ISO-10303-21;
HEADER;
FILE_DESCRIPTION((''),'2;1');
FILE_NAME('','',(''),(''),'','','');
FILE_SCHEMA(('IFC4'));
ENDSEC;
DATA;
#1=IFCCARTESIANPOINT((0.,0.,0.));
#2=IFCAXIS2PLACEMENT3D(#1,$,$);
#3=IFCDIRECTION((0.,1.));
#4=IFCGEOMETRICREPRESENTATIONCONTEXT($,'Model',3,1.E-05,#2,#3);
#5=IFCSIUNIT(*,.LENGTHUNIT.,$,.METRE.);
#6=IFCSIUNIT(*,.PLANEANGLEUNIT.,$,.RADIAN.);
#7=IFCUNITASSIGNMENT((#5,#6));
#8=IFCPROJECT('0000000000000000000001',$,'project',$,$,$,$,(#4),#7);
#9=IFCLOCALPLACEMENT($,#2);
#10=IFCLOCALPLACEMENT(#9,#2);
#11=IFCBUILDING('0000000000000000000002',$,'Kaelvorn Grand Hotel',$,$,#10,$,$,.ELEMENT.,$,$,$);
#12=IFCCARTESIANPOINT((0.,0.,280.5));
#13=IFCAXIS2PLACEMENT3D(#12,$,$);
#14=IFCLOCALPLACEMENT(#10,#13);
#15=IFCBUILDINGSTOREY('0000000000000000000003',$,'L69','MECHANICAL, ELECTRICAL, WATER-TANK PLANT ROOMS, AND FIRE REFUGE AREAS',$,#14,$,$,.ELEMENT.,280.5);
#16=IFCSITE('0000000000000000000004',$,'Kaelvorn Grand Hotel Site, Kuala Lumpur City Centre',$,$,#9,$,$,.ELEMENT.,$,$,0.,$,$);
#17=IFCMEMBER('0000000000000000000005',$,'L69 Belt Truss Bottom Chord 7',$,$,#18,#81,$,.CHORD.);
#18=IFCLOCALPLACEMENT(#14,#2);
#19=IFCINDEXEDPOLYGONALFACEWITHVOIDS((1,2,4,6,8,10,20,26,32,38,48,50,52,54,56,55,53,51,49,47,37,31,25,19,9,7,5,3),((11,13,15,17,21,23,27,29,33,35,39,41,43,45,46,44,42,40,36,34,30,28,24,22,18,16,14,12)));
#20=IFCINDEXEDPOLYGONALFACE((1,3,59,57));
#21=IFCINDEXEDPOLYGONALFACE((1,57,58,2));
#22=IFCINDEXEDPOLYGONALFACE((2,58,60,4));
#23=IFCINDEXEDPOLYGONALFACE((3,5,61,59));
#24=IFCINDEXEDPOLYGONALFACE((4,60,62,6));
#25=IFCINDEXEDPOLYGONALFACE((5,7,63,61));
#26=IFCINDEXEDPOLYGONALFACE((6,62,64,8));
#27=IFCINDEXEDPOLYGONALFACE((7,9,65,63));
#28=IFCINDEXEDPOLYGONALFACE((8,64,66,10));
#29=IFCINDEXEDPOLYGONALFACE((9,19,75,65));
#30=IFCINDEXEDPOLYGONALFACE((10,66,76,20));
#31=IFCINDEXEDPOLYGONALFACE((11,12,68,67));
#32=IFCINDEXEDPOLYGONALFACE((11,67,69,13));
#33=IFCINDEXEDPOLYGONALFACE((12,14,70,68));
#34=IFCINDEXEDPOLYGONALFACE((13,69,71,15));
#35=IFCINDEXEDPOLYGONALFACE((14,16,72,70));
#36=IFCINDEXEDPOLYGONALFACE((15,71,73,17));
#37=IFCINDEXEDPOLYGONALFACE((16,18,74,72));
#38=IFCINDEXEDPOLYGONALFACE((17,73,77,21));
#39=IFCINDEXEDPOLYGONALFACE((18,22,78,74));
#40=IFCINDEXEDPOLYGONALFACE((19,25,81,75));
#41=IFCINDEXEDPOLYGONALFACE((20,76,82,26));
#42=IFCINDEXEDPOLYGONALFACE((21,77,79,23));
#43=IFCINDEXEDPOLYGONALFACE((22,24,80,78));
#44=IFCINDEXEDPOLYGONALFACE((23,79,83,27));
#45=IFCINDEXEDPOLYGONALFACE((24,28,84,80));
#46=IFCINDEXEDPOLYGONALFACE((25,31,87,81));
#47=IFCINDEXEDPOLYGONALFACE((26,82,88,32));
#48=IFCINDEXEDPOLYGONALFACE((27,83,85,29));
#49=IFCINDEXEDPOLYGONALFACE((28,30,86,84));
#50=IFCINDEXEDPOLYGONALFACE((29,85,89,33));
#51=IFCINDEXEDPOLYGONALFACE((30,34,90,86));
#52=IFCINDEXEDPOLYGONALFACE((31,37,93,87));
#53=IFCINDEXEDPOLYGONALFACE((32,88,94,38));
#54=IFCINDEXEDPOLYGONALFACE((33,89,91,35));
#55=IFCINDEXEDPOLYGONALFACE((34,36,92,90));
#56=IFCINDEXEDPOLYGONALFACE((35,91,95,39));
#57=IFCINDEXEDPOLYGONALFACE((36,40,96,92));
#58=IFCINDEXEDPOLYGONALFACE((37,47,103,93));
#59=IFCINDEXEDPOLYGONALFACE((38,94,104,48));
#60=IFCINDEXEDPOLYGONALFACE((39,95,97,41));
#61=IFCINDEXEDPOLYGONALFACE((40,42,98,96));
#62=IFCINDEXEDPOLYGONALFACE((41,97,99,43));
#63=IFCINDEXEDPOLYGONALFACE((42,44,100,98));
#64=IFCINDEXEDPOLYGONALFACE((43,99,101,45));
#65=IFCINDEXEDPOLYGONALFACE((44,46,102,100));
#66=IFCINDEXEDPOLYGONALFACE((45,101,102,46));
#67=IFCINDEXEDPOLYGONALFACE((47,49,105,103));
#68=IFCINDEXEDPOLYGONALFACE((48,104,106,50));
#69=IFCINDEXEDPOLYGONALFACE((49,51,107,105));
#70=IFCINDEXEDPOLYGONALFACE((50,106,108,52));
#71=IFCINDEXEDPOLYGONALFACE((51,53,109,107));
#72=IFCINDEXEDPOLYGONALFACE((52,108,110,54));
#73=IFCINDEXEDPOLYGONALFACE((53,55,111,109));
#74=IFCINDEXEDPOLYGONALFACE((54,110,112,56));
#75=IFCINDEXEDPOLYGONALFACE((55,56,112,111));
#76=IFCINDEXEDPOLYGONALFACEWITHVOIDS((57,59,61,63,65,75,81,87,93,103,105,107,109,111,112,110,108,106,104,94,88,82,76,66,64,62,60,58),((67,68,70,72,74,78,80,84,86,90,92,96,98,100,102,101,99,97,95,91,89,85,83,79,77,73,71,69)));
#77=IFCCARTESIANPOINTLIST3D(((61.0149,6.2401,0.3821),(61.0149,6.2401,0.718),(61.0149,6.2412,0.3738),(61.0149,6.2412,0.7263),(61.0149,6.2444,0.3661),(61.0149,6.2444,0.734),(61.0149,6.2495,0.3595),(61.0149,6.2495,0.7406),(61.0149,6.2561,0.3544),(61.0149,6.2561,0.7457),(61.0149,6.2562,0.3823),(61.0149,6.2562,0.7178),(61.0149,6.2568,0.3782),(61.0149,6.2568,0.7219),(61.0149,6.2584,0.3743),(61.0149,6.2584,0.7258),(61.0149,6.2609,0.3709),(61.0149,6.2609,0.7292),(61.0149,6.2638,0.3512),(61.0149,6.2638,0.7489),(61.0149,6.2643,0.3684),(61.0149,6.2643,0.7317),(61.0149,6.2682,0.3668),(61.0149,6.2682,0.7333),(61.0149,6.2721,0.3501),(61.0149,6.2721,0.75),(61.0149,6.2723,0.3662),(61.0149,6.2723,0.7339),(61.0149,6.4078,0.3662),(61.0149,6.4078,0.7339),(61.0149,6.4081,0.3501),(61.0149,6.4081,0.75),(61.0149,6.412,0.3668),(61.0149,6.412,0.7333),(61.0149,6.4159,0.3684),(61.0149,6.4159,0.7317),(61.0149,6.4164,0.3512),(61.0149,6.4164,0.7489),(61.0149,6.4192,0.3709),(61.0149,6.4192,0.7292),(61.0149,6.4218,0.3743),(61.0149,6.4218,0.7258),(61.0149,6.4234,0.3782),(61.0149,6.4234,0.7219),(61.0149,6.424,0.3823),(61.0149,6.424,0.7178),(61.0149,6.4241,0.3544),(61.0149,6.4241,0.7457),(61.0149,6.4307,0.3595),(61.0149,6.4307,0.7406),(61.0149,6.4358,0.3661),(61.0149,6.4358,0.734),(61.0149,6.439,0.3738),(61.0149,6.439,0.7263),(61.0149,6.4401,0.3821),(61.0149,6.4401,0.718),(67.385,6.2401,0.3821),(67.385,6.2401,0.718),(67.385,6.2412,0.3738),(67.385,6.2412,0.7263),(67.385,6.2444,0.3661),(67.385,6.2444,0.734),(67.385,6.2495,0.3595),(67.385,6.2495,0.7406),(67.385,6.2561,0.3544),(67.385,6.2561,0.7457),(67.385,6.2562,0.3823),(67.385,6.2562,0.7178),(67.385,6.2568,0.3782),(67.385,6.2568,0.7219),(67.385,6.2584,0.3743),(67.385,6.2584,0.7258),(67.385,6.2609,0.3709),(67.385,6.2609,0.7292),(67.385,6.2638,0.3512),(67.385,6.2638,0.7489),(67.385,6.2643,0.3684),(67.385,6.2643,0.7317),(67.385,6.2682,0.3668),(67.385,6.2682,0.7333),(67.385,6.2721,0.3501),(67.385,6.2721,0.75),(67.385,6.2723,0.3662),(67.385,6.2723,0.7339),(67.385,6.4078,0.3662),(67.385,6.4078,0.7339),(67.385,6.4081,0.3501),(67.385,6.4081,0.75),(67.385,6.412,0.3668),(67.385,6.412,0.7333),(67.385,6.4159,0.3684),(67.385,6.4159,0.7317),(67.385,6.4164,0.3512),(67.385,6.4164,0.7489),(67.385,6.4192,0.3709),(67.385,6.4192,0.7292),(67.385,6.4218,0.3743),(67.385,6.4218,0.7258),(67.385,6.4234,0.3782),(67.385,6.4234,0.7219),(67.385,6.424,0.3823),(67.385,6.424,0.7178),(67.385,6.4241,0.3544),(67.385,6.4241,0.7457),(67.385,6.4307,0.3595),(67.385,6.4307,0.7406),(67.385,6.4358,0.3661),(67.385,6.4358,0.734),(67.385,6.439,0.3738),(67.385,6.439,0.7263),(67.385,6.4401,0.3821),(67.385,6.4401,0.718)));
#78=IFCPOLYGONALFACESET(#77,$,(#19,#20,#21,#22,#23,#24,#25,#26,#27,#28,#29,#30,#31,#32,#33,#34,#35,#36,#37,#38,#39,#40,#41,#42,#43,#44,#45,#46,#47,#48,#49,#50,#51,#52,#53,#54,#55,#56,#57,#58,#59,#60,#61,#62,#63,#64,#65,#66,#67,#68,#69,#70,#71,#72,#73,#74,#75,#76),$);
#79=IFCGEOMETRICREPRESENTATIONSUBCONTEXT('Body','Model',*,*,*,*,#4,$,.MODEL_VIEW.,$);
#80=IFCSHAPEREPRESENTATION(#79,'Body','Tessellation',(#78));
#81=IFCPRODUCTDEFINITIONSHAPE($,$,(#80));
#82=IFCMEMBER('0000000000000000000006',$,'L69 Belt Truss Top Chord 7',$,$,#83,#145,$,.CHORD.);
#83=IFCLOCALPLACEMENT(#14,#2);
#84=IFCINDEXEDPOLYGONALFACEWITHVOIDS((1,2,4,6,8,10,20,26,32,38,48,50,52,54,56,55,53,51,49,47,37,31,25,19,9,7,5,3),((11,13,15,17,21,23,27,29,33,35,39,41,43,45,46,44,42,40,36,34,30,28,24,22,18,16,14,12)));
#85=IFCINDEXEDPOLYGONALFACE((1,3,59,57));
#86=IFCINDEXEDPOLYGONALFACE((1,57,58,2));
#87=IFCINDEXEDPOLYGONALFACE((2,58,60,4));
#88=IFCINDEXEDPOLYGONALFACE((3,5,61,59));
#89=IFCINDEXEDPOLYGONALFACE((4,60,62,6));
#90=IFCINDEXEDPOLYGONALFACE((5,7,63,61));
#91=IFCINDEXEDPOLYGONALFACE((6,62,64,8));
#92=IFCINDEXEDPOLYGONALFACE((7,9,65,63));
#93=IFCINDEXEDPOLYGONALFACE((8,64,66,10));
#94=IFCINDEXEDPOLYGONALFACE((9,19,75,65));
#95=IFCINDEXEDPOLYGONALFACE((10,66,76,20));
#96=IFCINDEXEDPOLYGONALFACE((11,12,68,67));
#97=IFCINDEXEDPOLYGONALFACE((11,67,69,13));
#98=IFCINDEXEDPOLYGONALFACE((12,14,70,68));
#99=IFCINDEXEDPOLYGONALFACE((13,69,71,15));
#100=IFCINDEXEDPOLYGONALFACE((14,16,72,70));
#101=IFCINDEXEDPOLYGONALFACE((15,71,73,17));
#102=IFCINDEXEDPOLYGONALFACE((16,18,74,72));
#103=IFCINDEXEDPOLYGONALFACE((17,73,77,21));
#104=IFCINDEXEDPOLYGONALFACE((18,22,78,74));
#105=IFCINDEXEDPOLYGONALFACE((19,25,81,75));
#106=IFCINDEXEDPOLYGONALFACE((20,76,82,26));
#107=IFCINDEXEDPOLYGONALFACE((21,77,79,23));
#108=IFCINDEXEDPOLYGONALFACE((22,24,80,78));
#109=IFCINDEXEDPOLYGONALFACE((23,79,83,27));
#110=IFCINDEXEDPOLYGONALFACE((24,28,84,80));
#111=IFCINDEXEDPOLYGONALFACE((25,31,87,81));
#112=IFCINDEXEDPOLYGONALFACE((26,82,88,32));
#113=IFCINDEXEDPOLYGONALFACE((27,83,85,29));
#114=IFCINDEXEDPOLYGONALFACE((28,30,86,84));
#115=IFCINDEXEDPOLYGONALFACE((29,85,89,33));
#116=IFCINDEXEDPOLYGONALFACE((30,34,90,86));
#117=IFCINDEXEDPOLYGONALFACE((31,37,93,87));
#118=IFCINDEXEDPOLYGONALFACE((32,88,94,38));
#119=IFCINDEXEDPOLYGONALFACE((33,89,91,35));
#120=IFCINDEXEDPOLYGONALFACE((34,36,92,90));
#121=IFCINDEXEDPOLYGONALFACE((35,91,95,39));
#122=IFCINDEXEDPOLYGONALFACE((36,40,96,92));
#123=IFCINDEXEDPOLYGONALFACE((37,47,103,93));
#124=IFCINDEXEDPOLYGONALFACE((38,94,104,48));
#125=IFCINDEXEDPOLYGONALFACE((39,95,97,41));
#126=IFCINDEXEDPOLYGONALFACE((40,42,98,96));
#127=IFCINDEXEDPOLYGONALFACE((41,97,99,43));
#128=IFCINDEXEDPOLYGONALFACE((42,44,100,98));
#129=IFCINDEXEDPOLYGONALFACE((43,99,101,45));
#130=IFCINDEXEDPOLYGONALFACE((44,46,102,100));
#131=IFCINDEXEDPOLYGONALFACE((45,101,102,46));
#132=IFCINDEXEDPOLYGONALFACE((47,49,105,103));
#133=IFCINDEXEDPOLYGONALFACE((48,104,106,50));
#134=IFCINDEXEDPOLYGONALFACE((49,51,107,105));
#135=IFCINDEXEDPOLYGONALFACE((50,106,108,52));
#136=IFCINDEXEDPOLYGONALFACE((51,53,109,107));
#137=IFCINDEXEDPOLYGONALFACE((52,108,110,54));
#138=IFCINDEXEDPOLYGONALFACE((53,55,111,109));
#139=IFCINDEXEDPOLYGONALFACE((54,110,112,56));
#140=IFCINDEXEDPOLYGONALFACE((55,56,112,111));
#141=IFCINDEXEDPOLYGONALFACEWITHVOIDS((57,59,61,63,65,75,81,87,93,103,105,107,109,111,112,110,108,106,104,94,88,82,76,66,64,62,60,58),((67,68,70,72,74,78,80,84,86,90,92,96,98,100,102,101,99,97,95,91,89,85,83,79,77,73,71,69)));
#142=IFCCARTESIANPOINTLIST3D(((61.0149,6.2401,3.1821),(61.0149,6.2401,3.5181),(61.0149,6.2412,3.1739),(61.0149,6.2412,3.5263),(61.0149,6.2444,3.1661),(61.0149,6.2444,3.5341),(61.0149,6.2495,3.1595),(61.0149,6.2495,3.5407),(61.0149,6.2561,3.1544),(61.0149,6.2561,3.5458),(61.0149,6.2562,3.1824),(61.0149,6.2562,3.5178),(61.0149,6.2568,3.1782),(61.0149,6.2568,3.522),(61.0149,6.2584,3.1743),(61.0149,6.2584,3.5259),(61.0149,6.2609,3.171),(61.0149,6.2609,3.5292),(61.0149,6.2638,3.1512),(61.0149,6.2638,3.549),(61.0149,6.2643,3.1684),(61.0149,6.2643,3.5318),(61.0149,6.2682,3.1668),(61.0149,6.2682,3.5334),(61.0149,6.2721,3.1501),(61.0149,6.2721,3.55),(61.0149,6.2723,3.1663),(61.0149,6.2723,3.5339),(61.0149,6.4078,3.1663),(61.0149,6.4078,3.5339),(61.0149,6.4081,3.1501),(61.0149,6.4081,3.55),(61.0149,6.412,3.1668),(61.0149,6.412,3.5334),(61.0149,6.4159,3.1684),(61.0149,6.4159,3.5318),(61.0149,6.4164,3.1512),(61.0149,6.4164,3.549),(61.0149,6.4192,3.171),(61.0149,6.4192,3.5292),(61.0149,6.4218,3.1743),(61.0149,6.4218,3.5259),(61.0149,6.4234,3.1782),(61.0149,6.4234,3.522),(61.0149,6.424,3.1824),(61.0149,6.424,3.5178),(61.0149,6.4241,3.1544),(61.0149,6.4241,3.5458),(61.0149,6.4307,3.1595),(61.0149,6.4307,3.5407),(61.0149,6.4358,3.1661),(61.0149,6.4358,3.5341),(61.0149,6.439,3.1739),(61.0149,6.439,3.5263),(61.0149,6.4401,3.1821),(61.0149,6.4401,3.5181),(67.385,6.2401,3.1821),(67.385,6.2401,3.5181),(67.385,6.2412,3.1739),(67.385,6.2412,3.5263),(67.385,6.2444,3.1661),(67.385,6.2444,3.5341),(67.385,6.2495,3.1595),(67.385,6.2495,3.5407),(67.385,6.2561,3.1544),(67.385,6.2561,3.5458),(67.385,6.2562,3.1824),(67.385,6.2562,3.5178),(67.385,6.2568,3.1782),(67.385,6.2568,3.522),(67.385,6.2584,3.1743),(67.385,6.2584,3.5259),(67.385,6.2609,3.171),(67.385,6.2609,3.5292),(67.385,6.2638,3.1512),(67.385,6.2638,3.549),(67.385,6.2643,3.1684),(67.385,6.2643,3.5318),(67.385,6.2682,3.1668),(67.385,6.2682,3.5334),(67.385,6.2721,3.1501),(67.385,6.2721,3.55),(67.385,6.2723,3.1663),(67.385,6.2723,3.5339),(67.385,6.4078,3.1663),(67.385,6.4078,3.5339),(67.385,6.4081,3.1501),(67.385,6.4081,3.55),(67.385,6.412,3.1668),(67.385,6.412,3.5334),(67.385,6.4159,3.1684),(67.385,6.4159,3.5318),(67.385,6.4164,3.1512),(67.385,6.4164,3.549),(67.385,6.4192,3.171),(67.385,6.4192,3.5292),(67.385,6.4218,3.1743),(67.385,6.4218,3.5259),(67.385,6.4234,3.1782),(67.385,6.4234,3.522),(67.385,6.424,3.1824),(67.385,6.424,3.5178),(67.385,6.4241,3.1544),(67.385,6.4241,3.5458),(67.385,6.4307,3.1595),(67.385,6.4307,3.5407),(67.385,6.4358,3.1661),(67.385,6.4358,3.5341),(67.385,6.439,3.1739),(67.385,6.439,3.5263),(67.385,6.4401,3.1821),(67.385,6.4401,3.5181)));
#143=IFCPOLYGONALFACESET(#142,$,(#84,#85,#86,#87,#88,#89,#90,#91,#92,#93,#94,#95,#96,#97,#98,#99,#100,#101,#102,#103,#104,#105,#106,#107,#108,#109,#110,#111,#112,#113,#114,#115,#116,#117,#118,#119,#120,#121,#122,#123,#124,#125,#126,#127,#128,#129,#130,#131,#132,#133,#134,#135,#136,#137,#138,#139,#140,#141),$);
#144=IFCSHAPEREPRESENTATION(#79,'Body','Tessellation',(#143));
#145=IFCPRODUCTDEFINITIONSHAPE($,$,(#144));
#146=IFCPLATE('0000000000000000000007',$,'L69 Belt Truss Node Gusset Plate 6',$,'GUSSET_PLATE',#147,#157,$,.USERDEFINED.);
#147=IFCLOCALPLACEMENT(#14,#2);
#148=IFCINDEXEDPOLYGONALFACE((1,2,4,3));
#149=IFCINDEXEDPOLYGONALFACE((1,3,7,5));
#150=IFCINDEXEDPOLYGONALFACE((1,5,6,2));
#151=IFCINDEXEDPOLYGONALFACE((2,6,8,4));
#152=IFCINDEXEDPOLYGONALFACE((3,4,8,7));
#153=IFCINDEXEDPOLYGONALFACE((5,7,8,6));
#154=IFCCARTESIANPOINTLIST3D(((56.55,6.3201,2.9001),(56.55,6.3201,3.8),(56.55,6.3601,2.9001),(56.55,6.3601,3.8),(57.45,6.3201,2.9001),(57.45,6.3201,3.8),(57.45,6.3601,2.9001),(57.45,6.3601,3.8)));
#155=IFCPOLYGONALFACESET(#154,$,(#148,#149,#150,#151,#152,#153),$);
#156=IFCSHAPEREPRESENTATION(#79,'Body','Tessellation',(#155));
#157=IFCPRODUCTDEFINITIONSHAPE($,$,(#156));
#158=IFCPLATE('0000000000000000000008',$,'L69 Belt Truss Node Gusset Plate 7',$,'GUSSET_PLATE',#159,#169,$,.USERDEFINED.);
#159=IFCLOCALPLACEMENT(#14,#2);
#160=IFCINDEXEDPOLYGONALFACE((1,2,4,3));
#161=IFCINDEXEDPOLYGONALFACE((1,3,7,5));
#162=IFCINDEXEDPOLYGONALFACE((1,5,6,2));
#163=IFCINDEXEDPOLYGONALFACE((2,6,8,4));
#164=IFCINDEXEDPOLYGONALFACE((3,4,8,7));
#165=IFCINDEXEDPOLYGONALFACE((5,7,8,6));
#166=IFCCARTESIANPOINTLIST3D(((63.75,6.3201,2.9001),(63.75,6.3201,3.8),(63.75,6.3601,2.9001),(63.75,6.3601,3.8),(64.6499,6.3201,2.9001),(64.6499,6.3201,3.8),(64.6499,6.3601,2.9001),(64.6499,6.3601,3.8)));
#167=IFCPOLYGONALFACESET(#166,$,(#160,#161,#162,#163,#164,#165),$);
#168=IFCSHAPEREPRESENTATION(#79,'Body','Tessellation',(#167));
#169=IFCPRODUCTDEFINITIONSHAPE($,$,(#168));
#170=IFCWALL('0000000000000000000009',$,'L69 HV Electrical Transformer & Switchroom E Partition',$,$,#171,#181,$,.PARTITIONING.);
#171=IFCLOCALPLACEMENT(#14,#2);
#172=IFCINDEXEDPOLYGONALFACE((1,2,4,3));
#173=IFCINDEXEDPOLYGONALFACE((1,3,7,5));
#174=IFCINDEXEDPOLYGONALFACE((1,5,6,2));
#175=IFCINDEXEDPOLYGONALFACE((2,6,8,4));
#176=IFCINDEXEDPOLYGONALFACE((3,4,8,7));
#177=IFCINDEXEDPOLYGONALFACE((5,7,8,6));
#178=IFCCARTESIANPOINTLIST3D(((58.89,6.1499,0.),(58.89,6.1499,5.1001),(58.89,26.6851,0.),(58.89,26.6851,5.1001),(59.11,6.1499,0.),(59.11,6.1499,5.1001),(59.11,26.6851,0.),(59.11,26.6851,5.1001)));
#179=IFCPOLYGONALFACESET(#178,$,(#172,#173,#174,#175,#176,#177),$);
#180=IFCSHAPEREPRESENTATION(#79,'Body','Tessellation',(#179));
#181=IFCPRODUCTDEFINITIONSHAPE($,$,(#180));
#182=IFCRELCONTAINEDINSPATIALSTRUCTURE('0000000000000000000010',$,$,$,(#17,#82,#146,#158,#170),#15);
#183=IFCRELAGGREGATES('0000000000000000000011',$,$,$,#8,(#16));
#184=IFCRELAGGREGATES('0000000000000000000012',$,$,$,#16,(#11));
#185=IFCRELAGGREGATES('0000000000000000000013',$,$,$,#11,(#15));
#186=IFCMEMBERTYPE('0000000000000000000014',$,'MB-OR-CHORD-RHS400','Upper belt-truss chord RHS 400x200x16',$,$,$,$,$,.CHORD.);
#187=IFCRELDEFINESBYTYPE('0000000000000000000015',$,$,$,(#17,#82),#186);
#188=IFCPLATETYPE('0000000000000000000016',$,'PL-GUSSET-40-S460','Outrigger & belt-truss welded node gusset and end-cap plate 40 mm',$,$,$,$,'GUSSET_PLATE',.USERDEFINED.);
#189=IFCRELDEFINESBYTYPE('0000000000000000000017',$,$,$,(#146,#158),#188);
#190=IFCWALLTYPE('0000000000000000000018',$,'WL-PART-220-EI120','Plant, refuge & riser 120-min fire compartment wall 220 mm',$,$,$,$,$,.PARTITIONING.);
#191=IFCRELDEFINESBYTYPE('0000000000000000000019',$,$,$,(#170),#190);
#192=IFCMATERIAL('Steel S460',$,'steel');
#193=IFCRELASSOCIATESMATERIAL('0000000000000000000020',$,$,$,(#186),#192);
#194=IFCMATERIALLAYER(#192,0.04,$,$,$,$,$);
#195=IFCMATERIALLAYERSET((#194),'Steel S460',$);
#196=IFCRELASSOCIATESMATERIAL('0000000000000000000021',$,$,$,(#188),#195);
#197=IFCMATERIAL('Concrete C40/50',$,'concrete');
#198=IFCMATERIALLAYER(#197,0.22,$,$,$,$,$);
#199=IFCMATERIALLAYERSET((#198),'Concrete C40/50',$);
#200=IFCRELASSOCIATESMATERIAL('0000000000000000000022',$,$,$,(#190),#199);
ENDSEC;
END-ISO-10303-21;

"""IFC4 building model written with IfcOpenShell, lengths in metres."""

from ifc_helpers import new_model, si_unit, direction, frame, frame_2d, origin, origin_2d, place, context, subcontext, project, spatial, rectangle, hollow_rectangle, extrude, material, layer, layer_set, material_profile, profile_set, type_object, element, save


model = new_model("IFC4")

# Units and contexts
model_context = context("Model", 3, precision=1e-05, world=origin(), true_north=direction((0.0, 1.0)))
body_context = subcontext(model_context, "Body", "Model", "MODEL_VIEW")
ifc_project = project(units=[si_unit("LENGTHUNIT", "METRE"), si_unit("PLANEANGLEUNIT", "RADIAN")], contexts=[model_context])

# Site, building, storey
site_placement = place(None, origin())
site = spatial("IfcSite", under=ifc_project, at=site_placement, Name="Kaelvorn Grand Hotel Site, Kuala Lumpur City Centre", CompositionType="ELEMENT", RefElevation=0.0)
building_placement = place(site_placement, origin())
building = spatial("IfcBuilding", under=site, at=building_placement, Name="Kaelvorn Grand Hotel", CompositionType="ELEMENT")
storey_placement = place(building_placement, frame((0.0, 0.0, 280.5)))
storey = spatial("IfcBuildingStorey", under=building, at=storey_placement, Name="L69", Description="MECHANICAL, ELECTRICAL, WATER-TANK PLANT ROOMS, AND FIRE REFUGE AREAS", CompositionType="ELEMENT", Elevation=280.5)

# Members
ifc_material_1 = material(Name="Steel S460", Category="steel")
ifc_material_profile_1 = material_profile(ifc_material_1, hollow_rectangle(XDim=0.2, YDim=0.3999, WallThickness=0.0161, InnerFilletRadius=0.0161, OuterFilletRadius=0.032, at=origin_2d()), Name="RHS 400x200x16.0")
ifc_profile_set_1 = profile_set([ifc_material_profile_1], Name="Steel S460")
member_type_1 = type_object("IfcMemberType", Name="MB-OR-CHORD-RHS400", Description="Upper belt-truss chord RHS 400x200x16", PredefinedType="CHORD", material=ifc_profile_set_1)
for number, where, z_axis, x_axis, name in (
    (1, (61.0149, 6.3401, 0.55), (1.0, 0.0, 0.0), (0.0, 1.0, 0.0), "L69 Belt Truss Bottom Chord 7"),
    (2, (61.0149, 6.3401, 3.3501), (1.0, 0.0, 0.0), (0.0, 1.0, 0.0), "L69 Belt Truss Top Chord 7"),
):
    element("IfcMember", number, at=place(storey_placement, frame(where, z_axis=z_axis, x_axis=x_axis)), inside=storey, type_object=member_type_1, Name=name, PredefinedType="CHORD", context=body_context, shape_type="SweptSolid", body=[
        extrude(hollow_rectangle(XDim=0.2, YDim=0.3999, WallThickness=0.0161, InnerFilletRadius=0.0161, OuterFilletRadius=0.032, at=origin_2d()), origin(), (0.0, 0.0, 1.0), 6.3701),
    ])

# Plates
ifc_layer_1 = layer(ifc_material_1, 0.04)
ifc_layer_set_1 = layer_set([ifc_layer_1], Name="Steel S460")
plate_type = type_object("IfcPlateType", Name="PL-GUSSET-40-S460", Description="Outrigger & belt-truss welded node gusset and end-cap plate 40 mm", ElementType="GUSSET_PLATE", PredefinedType="USERDEFINED", material=ifc_layer_set_1)
for number, where, z_axis, x_axis, name in (
    (3, (57.0, 6.3401, 2.9001), (0.0, 0.0, 1.0), (1.0, 0.0, 0.0), "L69 Belt Truss Node Gusset Plate 6"),
    (4, (64.2, 6.3401, 2.9001), (0.0, 0.0, 1.0), (1.0, 0.0, 0.0), "L69 Belt Truss Node Gusset Plate 7"),
):
    element("IfcPlate", number, at=place(storey_placement, frame(where, z_axis=z_axis, x_axis=x_axis)), inside=storey, type_object=plate_type, Name=name, ObjectType="GUSSET_PLATE", PredefinedType="USERDEFINED", context=body_context, shape_type="SweptSolid", body=[
        extrude(rectangle(XDim=0.8999, YDim=0.04, at=origin_2d()), origin(), (0.0, 0.0, 1.0), 0.8999),
    ])

# Wall
ifc_material_2 = material(Name="Concrete C40/50", Category="concrete")
ifc_layer_2 = layer(ifc_material_2, 0.22)
ifc_layer_set_2 = layer_set([ifc_layer_2], Name="Concrete C40/50")
wall_type = type_object("IfcWallType", Name="WL-PART-220-EI120", Description="Plant, refuge & riser 120-min fire compartment wall 220 mm", PredefinedType="PARTITIONING", material=ifc_layer_set_2)
wall_1_placement = place(storey_placement, frame((59.0, 6.1499, 0.0), z_axis=(0.0, 0.0, 1.0), x_axis=(0.0, 1.0, 0.0)))
element("IfcWall", 5, at=wall_1_placement, inside=storey, type_object=wall_type, Name="L69 HV Electrical Transformer & Switchroom E Partition", PredefinedType="PARTITIONING", context=body_context, shape_type="SweptSolid", body=[
    extrude(rectangle(XDim=20.5352, YDim=0.22, at=frame_2d((10.2676, 0.0))), origin(), (0.0, 0.0, 1.0), 5.1001),
])

save(model, "model.ifc")
